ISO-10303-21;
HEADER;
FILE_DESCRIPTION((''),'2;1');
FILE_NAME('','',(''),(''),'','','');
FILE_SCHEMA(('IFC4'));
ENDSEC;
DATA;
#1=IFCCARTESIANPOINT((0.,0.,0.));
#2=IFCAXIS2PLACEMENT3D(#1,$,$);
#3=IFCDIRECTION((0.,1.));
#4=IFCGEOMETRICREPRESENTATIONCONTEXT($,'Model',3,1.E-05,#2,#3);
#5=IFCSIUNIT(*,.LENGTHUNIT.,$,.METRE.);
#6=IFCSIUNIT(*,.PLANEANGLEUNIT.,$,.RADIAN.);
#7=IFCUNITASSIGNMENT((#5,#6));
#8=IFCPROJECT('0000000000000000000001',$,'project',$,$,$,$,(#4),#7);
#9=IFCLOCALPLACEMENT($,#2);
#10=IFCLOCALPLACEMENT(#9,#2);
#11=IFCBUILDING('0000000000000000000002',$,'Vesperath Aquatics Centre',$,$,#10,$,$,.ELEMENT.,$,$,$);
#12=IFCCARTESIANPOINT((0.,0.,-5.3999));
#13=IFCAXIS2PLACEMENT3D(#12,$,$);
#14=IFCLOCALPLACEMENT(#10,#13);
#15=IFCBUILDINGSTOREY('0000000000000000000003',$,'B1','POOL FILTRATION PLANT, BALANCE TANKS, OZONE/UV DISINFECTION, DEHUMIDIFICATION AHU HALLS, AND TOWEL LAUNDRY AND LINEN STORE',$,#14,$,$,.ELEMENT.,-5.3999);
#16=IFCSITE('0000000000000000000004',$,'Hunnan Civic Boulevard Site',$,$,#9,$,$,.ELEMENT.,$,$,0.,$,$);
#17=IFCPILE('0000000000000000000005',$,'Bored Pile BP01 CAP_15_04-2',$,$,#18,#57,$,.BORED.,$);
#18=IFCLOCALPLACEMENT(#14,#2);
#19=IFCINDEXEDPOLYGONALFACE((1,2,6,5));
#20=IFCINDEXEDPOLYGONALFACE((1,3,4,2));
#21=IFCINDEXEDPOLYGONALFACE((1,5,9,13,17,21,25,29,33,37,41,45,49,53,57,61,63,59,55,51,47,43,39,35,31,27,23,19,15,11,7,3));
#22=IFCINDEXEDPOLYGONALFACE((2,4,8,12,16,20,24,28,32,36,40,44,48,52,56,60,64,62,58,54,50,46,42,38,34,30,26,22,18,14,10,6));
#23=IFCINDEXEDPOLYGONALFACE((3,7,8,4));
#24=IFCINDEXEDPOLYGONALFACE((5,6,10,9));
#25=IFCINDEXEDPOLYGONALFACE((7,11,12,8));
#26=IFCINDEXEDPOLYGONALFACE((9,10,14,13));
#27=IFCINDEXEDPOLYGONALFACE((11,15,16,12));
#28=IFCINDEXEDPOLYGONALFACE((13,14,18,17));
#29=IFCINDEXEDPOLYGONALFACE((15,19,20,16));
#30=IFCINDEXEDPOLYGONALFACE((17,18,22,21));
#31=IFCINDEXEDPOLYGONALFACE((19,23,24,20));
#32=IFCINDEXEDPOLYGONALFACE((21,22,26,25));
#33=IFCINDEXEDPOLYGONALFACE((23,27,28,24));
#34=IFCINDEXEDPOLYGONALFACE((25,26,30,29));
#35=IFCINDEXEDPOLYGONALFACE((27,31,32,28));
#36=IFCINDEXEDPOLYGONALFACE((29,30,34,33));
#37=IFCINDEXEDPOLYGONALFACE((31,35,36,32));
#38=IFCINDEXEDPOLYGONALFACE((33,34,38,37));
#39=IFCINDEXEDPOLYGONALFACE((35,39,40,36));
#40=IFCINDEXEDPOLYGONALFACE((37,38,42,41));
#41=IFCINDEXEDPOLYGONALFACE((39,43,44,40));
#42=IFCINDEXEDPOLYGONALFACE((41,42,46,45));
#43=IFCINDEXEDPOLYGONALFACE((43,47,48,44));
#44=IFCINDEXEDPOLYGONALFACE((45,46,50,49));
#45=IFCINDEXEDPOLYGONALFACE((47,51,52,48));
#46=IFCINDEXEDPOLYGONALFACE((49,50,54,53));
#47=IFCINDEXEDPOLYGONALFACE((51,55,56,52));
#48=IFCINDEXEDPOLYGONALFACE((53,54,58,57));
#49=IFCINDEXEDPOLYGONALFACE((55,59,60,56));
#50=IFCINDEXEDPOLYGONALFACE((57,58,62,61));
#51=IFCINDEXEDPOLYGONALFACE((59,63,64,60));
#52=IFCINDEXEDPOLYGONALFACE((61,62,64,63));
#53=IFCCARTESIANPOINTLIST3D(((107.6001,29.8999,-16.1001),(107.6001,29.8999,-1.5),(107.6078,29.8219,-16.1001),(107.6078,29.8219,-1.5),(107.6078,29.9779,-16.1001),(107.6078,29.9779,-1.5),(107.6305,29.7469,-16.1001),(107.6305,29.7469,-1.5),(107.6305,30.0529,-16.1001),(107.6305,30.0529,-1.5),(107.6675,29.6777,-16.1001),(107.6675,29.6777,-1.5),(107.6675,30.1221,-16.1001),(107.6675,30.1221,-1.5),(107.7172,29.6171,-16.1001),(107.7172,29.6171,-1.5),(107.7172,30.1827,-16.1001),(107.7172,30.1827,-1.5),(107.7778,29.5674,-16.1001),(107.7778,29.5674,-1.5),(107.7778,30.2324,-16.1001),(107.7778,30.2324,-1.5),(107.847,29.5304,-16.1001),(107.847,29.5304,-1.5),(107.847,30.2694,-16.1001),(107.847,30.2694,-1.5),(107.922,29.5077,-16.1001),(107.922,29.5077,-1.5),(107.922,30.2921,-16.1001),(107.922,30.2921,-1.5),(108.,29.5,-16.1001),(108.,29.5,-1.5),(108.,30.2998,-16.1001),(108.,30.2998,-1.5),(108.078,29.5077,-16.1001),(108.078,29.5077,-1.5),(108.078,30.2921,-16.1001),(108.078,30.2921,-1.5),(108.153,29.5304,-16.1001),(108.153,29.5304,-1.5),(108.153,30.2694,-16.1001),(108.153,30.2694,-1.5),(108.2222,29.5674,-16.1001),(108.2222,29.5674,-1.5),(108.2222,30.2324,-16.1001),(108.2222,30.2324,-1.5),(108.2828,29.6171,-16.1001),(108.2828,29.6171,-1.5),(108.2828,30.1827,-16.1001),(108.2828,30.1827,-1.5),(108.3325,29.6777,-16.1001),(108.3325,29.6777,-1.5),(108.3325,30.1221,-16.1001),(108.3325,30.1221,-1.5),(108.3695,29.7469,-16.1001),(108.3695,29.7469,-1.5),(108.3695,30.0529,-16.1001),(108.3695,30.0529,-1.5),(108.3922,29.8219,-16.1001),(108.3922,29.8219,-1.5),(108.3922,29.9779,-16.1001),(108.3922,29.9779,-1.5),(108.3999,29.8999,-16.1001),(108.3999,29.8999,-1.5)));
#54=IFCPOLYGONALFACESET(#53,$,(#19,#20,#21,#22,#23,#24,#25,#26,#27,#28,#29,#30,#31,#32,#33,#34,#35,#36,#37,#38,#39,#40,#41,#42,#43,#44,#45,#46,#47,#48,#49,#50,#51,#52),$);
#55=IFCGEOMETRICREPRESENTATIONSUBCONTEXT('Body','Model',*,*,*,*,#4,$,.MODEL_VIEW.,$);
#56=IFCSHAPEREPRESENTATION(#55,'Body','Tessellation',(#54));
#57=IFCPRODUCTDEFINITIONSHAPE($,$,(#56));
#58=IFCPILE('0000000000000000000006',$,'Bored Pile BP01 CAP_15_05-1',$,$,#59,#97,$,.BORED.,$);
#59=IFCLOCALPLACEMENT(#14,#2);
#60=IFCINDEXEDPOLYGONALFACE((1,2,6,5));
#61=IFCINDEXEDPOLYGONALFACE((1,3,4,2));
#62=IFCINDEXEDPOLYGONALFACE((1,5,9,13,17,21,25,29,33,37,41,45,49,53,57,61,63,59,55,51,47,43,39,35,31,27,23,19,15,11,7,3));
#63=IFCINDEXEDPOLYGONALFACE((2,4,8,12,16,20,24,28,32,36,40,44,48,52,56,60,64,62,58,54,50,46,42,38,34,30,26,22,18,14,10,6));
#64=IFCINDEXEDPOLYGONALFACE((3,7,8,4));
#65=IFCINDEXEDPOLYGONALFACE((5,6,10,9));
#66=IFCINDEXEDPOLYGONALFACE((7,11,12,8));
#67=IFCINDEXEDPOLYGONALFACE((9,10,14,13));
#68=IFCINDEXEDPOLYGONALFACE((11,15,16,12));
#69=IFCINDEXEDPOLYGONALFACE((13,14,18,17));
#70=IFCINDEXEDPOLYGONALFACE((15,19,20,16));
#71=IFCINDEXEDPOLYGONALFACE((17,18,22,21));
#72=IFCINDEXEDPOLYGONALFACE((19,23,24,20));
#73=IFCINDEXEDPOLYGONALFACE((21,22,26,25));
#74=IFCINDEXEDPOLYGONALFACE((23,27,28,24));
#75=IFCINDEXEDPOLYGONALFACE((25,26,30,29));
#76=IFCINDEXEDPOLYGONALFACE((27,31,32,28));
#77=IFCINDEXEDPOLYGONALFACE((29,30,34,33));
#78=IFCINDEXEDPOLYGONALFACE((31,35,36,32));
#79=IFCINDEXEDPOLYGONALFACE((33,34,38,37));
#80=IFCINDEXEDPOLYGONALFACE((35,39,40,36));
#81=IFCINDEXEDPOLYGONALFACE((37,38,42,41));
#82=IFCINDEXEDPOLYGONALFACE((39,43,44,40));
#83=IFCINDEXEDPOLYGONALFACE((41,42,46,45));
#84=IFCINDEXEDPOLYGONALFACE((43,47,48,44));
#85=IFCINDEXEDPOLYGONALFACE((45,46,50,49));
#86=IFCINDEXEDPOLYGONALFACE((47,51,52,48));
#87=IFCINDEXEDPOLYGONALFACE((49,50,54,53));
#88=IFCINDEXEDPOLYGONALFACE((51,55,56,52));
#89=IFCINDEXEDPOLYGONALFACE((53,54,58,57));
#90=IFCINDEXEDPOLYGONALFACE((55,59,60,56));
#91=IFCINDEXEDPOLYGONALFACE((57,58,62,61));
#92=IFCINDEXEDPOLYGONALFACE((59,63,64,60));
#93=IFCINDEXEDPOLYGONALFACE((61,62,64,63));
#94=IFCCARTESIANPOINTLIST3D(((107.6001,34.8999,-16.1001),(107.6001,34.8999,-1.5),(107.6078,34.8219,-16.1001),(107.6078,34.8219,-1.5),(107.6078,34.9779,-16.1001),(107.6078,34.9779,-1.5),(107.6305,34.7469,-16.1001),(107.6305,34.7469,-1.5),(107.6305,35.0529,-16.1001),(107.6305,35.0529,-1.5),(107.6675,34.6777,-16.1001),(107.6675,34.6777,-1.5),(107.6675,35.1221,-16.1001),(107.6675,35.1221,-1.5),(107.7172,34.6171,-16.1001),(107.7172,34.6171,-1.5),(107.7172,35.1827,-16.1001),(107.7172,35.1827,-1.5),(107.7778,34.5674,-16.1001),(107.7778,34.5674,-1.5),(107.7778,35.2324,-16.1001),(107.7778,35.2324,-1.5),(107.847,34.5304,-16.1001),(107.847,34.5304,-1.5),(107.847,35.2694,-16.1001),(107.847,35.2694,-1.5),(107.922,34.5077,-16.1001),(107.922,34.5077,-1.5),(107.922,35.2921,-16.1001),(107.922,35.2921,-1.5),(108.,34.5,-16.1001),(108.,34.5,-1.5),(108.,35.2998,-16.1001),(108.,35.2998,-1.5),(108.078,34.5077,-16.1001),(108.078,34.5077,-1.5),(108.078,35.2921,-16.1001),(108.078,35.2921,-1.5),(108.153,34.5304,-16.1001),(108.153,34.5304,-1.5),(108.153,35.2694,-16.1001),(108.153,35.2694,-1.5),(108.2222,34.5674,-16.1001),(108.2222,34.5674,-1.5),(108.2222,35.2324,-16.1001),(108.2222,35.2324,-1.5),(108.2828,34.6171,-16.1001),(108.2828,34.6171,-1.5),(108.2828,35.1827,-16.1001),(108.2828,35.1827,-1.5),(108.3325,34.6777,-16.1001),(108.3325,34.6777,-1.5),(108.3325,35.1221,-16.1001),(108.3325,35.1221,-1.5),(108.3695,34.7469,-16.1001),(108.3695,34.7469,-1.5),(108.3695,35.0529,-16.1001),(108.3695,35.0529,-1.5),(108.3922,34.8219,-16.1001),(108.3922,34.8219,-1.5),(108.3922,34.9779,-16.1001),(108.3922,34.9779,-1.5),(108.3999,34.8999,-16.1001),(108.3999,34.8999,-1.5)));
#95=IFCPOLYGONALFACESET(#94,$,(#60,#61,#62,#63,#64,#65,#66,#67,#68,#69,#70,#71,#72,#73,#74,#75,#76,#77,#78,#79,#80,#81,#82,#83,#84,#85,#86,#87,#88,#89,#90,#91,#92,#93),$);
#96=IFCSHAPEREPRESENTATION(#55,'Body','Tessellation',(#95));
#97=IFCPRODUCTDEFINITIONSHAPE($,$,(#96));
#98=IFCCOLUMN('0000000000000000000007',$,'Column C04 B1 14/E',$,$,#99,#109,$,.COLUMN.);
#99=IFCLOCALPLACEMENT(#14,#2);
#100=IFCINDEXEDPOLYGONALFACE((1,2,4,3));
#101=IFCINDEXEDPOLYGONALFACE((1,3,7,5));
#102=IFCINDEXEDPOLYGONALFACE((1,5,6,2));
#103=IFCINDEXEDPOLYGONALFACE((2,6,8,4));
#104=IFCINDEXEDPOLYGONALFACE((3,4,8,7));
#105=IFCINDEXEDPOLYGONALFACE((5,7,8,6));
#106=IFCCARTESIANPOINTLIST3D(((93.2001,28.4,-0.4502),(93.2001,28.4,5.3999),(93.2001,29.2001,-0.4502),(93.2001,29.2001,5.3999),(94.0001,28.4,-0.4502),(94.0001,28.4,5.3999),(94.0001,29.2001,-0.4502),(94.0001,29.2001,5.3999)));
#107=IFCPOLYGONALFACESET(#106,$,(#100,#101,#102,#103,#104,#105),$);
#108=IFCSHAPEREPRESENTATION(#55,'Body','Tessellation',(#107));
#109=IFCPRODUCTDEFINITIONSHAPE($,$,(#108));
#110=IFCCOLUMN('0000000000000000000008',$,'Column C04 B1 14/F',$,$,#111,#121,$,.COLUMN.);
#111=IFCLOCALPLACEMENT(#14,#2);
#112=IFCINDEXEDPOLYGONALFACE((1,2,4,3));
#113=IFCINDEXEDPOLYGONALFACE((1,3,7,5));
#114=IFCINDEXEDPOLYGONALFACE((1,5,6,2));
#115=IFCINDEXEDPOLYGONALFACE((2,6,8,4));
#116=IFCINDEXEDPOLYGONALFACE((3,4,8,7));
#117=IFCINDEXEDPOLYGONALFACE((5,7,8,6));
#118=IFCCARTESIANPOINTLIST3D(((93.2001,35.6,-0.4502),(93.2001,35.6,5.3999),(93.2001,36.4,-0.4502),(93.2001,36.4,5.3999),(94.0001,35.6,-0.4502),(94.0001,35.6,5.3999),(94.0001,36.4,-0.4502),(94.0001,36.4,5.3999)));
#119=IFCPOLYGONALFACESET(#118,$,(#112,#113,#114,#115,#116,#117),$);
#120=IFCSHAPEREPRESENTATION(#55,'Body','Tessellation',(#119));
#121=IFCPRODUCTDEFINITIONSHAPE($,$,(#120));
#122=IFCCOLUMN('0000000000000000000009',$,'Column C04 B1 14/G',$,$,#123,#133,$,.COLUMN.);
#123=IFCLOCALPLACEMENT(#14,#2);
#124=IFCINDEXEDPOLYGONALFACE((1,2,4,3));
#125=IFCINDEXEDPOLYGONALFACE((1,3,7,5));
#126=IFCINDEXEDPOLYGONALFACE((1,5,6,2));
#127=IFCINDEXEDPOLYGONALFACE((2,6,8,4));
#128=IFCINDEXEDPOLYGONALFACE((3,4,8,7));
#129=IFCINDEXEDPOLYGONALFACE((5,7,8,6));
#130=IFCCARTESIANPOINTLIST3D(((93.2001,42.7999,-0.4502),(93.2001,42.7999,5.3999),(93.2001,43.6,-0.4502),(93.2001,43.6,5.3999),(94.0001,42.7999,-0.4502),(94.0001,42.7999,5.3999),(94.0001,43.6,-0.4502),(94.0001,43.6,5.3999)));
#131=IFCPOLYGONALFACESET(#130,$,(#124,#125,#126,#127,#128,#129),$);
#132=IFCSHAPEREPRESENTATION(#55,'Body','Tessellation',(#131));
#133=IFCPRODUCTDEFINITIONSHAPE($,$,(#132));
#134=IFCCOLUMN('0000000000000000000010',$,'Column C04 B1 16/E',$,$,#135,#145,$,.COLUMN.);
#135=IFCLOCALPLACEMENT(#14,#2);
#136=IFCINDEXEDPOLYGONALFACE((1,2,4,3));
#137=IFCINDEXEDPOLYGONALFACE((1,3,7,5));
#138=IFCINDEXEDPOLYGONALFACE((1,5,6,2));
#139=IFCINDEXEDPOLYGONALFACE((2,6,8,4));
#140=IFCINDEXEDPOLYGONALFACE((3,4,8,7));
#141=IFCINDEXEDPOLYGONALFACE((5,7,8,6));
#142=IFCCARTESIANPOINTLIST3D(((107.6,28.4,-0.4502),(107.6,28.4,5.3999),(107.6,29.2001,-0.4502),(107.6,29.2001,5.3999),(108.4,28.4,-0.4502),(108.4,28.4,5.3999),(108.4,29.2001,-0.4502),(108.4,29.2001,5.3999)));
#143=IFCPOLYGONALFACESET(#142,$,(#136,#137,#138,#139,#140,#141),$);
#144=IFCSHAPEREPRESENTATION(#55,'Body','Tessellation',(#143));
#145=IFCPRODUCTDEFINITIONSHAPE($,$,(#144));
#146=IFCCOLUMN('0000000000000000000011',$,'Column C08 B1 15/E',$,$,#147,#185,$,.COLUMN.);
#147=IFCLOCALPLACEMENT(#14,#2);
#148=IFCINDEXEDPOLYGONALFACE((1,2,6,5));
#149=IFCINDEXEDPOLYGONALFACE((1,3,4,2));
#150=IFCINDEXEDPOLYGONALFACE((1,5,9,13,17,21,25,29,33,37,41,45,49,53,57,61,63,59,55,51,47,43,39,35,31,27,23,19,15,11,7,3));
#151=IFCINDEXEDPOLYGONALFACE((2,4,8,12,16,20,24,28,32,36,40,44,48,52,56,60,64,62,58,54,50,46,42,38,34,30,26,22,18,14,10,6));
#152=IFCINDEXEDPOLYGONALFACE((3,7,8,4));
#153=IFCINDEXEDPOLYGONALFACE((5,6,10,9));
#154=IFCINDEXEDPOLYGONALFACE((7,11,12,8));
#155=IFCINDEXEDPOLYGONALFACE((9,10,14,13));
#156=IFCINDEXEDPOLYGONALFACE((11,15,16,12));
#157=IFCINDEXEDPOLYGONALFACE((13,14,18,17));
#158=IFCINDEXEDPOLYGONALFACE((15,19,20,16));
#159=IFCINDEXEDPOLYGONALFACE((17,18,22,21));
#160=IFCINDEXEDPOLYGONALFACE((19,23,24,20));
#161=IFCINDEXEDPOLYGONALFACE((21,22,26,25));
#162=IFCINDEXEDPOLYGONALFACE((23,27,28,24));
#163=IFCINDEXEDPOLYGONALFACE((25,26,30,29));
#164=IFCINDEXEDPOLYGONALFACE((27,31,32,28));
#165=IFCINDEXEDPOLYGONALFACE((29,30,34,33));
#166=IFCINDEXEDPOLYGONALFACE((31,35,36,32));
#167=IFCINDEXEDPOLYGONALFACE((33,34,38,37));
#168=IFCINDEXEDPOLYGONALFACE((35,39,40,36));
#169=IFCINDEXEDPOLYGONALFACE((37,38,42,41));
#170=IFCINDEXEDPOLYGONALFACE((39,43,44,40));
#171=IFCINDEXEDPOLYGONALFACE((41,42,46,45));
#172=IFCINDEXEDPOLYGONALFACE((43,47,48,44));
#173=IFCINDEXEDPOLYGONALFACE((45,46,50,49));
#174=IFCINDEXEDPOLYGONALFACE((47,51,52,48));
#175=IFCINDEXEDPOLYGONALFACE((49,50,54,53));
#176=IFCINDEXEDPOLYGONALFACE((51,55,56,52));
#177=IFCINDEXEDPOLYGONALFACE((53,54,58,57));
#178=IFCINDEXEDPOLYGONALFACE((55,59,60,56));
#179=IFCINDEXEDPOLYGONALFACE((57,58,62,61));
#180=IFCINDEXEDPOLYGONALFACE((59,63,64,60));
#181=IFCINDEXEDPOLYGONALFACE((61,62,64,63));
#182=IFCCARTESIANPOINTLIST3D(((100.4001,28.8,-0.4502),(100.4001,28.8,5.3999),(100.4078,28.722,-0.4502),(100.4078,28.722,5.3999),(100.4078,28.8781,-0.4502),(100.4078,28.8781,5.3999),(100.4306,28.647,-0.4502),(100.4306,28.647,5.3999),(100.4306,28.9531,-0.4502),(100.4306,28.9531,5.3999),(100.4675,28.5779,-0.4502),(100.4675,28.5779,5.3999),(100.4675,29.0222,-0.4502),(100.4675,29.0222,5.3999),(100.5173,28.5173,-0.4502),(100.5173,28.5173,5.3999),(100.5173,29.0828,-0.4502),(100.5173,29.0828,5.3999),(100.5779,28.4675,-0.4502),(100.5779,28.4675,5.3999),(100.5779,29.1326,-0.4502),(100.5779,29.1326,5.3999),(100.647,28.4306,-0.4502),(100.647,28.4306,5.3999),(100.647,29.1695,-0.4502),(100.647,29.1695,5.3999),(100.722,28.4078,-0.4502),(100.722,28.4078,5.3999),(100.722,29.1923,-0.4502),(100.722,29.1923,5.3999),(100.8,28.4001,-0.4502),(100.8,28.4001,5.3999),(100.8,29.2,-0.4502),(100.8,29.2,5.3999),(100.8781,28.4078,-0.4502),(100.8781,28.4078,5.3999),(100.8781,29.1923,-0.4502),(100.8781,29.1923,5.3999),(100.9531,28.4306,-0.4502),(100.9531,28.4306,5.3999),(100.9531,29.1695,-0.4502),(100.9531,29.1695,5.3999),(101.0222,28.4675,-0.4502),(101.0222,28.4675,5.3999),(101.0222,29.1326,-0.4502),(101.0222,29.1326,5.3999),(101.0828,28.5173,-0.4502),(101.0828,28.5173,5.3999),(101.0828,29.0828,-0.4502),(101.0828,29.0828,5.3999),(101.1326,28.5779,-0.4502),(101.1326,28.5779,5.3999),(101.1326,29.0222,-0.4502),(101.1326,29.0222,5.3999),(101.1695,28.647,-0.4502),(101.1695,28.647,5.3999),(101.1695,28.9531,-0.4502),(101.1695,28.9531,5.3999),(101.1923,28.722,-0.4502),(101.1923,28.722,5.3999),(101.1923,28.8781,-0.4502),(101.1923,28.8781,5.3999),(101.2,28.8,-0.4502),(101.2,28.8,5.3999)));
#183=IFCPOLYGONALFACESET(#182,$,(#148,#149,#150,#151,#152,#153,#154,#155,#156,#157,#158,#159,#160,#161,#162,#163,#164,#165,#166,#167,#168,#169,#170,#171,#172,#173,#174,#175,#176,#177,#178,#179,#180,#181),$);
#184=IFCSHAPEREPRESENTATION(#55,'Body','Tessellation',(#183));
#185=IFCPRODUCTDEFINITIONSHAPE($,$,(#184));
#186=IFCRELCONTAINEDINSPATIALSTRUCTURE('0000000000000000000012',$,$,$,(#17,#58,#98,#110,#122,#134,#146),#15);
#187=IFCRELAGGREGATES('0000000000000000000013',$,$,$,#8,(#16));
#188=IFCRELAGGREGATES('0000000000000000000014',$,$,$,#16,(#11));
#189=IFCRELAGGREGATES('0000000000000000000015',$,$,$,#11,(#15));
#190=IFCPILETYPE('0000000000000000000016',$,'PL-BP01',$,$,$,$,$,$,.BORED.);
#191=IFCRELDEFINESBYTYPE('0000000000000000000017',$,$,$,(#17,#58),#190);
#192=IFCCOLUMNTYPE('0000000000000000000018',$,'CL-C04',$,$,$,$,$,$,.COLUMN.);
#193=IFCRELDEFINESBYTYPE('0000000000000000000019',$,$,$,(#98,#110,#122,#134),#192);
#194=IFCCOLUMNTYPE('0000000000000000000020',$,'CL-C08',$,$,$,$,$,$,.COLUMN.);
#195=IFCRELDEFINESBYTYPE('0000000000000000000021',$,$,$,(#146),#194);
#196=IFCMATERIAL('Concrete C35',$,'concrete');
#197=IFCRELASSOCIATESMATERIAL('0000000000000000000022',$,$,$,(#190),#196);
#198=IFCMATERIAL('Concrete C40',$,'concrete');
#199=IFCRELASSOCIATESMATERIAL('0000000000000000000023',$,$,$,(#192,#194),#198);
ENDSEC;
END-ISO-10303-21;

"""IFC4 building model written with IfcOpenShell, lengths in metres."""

from ifc_helpers import new_model, si_unit, direction, frame, origin, origin_2d, place, context, subcontext, project, spatial, rectangle, circle, extrude, material, material_profile, profile_set, type_object, element, save


model = new_model("IFC4")

# Units and contexts
model_context = context("Model", 3, precision=1e-05, world=origin(), true_north=direction((0.0, 1.0)))
body_context = subcontext(model_context, "Body", "Model", "MODEL_VIEW")
ifc_project = project(units=[si_unit("LENGTHUNIT", "METRE"), si_unit("PLANEANGLEUNIT", "RADIAN")], contexts=[model_context])

# Site, building, storey
site_placement = place(None, origin())
site = spatial("IfcSite", under=ifc_project, at=site_placement, Name="Hunnan Civic Boulevard Site", CompositionType="ELEMENT", RefElevation=0.0)
building_placement = place(site_placement, origin())
building = spatial("IfcBuilding", under=site, at=building_placement, Name="Vesperath Aquatics Centre", CompositionType="ELEMENT")
storey_placement = place(building_placement, frame((0.0, 0.0, -5.3999)))
storey = spatial("IfcBuildingStorey", under=building, at=storey_placement, Name="B1", Description="POOL FILTRATION PLANT, BALANCE TANKS, OZONE/UV DISINFECTION, DEHUMIDIFICATION AHU HALLS, AND TOWEL LAUNDRY AND LINEN STORE", CompositionType="ELEMENT", Elevation=-5.3999)

# Shared definitions
ifc_material_1 = material(Name="Concrete C40", Category="concrete")

# Piles
ifc_material_2 = material(Name="Concrete C35", Category="concrete")
ifc_material_profile_1 = material_profile(ifc_material_2, circle(Radius=0.3999, at=origin_2d()), Name="PILE D800")
ifc_profile_set_1 = profile_set([ifc_material_profile_1], Name="Concrete C35")
pile_type = type_object("IfcPileType", Name="PL-BP01", PredefinedType="BORED", material=ifc_profile_set_1)
for number, where, z_axis, x_axis, name in (
    (1, (108.0, 29.8999, -1.5), (0.0, 0.0, -1.0), (1.0, 0.0, 0.0), "Bored Pile BP01 CAP_15_04-2"),
    (2, (108.0, 34.8999, -1.5), (0.0, 0.0, -1.0), (1.0, 0.0, 0.0), "Bored Pile BP01 CAP_15_05-1"),
):
    element("IfcPile", number, at=place(storey_placement, frame(where, z_axis=z_axis, x_axis=x_axis)), inside=storey, type_object=pile_type, Name=name, PredefinedType="BORED", context=body_context, shape_type="SweptSolid", body=[
        extrude(circle(Radius=0.3999, at=origin_2d()), origin(), (0.0, 0.0, 1.0), 14.6001),
    ])

# Columns
ifc_material_profile_2 = material_profile(ifc_material_1, rectangle(XDim=0.8, YDim=0.8, at=origin_2d()), Name="RC 800x800")
ifc_profile_set_2 = profile_set([ifc_material_profile_2], Name="Concrete C40")
column_type_1 = type_object("IfcColumnType", Name="CL-C04", PredefinedType="COLUMN", material=ifc_profile_set_2)
for number, where, z_axis, x_axis, name in (
    (3, (93.6001, 28.8, -0.4502), (0.0, 0.0, 1.0), (1.0, 0.0, 0.0), "Column C04 B1 14/E"),
    (4, (93.6001, 36.0, -0.4502), (0.0, 0.0, 1.0), (1.0, 0.0, 0.0), "Column C04 B1 14/F"),
    (5, (93.6001, 43.2, -0.4502), (0.0, 0.0, 1.0), (1.0, 0.0, 0.0), "Column C04 B1 14/G"),
    (6, (108.0, 28.8, -0.4502), (0.0, 0.0, 1.0), (1.0, 0.0, 0.0), "Column C04 B1 16/E"),
):
    element("IfcColumn", number, at=place(storey_placement, frame(where, z_axis=z_axis, x_axis=x_axis)), inside=storey, type_object=column_type_1, Name=name, PredefinedType="COLUMN", context=body_context, shape_type="SweptSolid", body=[
        extrude(rectangle(XDim=0.8, YDim=0.8, at=origin_2d()), origin(), (0.0, 0.0, 1.0), 5.8501),
    ])
ifc_material_profile_3 = material_profile(ifc_material_1, circle(Radius=0.3999, at=origin_2d()), Name="RC D800")
ifc_profile_set_3 = profile_set([ifc_material_profile_3], Name="Concrete C40")
column_type_2 = type_object("IfcColumnType", Name="CL-C08", PredefinedType="COLUMN", material=ifc_profile_set_3)
for number, where, z_axis, x_axis, name in (
    (7, (100.8, 28.8, -0.4502), (0.0, 0.0, 1.0), (1.0, 0.0, 0.0), "Column C08 B1 15/E"),
):
    element("IfcColumn", number, at=place(storey_placement, frame(where, z_axis=z_axis, x_axis=x_axis)), inside=storey, type_object=column_type_2, Name=name, PredefinedType="COLUMN", context=body_context, shape_type="SweptSolid", body=[
        extrude(circle(Radius=0.3999, at=origin_2d()), origin(), (0.0, 0.0, 1.0), 5.8501),
    ])

save(model, "model.ifc")
